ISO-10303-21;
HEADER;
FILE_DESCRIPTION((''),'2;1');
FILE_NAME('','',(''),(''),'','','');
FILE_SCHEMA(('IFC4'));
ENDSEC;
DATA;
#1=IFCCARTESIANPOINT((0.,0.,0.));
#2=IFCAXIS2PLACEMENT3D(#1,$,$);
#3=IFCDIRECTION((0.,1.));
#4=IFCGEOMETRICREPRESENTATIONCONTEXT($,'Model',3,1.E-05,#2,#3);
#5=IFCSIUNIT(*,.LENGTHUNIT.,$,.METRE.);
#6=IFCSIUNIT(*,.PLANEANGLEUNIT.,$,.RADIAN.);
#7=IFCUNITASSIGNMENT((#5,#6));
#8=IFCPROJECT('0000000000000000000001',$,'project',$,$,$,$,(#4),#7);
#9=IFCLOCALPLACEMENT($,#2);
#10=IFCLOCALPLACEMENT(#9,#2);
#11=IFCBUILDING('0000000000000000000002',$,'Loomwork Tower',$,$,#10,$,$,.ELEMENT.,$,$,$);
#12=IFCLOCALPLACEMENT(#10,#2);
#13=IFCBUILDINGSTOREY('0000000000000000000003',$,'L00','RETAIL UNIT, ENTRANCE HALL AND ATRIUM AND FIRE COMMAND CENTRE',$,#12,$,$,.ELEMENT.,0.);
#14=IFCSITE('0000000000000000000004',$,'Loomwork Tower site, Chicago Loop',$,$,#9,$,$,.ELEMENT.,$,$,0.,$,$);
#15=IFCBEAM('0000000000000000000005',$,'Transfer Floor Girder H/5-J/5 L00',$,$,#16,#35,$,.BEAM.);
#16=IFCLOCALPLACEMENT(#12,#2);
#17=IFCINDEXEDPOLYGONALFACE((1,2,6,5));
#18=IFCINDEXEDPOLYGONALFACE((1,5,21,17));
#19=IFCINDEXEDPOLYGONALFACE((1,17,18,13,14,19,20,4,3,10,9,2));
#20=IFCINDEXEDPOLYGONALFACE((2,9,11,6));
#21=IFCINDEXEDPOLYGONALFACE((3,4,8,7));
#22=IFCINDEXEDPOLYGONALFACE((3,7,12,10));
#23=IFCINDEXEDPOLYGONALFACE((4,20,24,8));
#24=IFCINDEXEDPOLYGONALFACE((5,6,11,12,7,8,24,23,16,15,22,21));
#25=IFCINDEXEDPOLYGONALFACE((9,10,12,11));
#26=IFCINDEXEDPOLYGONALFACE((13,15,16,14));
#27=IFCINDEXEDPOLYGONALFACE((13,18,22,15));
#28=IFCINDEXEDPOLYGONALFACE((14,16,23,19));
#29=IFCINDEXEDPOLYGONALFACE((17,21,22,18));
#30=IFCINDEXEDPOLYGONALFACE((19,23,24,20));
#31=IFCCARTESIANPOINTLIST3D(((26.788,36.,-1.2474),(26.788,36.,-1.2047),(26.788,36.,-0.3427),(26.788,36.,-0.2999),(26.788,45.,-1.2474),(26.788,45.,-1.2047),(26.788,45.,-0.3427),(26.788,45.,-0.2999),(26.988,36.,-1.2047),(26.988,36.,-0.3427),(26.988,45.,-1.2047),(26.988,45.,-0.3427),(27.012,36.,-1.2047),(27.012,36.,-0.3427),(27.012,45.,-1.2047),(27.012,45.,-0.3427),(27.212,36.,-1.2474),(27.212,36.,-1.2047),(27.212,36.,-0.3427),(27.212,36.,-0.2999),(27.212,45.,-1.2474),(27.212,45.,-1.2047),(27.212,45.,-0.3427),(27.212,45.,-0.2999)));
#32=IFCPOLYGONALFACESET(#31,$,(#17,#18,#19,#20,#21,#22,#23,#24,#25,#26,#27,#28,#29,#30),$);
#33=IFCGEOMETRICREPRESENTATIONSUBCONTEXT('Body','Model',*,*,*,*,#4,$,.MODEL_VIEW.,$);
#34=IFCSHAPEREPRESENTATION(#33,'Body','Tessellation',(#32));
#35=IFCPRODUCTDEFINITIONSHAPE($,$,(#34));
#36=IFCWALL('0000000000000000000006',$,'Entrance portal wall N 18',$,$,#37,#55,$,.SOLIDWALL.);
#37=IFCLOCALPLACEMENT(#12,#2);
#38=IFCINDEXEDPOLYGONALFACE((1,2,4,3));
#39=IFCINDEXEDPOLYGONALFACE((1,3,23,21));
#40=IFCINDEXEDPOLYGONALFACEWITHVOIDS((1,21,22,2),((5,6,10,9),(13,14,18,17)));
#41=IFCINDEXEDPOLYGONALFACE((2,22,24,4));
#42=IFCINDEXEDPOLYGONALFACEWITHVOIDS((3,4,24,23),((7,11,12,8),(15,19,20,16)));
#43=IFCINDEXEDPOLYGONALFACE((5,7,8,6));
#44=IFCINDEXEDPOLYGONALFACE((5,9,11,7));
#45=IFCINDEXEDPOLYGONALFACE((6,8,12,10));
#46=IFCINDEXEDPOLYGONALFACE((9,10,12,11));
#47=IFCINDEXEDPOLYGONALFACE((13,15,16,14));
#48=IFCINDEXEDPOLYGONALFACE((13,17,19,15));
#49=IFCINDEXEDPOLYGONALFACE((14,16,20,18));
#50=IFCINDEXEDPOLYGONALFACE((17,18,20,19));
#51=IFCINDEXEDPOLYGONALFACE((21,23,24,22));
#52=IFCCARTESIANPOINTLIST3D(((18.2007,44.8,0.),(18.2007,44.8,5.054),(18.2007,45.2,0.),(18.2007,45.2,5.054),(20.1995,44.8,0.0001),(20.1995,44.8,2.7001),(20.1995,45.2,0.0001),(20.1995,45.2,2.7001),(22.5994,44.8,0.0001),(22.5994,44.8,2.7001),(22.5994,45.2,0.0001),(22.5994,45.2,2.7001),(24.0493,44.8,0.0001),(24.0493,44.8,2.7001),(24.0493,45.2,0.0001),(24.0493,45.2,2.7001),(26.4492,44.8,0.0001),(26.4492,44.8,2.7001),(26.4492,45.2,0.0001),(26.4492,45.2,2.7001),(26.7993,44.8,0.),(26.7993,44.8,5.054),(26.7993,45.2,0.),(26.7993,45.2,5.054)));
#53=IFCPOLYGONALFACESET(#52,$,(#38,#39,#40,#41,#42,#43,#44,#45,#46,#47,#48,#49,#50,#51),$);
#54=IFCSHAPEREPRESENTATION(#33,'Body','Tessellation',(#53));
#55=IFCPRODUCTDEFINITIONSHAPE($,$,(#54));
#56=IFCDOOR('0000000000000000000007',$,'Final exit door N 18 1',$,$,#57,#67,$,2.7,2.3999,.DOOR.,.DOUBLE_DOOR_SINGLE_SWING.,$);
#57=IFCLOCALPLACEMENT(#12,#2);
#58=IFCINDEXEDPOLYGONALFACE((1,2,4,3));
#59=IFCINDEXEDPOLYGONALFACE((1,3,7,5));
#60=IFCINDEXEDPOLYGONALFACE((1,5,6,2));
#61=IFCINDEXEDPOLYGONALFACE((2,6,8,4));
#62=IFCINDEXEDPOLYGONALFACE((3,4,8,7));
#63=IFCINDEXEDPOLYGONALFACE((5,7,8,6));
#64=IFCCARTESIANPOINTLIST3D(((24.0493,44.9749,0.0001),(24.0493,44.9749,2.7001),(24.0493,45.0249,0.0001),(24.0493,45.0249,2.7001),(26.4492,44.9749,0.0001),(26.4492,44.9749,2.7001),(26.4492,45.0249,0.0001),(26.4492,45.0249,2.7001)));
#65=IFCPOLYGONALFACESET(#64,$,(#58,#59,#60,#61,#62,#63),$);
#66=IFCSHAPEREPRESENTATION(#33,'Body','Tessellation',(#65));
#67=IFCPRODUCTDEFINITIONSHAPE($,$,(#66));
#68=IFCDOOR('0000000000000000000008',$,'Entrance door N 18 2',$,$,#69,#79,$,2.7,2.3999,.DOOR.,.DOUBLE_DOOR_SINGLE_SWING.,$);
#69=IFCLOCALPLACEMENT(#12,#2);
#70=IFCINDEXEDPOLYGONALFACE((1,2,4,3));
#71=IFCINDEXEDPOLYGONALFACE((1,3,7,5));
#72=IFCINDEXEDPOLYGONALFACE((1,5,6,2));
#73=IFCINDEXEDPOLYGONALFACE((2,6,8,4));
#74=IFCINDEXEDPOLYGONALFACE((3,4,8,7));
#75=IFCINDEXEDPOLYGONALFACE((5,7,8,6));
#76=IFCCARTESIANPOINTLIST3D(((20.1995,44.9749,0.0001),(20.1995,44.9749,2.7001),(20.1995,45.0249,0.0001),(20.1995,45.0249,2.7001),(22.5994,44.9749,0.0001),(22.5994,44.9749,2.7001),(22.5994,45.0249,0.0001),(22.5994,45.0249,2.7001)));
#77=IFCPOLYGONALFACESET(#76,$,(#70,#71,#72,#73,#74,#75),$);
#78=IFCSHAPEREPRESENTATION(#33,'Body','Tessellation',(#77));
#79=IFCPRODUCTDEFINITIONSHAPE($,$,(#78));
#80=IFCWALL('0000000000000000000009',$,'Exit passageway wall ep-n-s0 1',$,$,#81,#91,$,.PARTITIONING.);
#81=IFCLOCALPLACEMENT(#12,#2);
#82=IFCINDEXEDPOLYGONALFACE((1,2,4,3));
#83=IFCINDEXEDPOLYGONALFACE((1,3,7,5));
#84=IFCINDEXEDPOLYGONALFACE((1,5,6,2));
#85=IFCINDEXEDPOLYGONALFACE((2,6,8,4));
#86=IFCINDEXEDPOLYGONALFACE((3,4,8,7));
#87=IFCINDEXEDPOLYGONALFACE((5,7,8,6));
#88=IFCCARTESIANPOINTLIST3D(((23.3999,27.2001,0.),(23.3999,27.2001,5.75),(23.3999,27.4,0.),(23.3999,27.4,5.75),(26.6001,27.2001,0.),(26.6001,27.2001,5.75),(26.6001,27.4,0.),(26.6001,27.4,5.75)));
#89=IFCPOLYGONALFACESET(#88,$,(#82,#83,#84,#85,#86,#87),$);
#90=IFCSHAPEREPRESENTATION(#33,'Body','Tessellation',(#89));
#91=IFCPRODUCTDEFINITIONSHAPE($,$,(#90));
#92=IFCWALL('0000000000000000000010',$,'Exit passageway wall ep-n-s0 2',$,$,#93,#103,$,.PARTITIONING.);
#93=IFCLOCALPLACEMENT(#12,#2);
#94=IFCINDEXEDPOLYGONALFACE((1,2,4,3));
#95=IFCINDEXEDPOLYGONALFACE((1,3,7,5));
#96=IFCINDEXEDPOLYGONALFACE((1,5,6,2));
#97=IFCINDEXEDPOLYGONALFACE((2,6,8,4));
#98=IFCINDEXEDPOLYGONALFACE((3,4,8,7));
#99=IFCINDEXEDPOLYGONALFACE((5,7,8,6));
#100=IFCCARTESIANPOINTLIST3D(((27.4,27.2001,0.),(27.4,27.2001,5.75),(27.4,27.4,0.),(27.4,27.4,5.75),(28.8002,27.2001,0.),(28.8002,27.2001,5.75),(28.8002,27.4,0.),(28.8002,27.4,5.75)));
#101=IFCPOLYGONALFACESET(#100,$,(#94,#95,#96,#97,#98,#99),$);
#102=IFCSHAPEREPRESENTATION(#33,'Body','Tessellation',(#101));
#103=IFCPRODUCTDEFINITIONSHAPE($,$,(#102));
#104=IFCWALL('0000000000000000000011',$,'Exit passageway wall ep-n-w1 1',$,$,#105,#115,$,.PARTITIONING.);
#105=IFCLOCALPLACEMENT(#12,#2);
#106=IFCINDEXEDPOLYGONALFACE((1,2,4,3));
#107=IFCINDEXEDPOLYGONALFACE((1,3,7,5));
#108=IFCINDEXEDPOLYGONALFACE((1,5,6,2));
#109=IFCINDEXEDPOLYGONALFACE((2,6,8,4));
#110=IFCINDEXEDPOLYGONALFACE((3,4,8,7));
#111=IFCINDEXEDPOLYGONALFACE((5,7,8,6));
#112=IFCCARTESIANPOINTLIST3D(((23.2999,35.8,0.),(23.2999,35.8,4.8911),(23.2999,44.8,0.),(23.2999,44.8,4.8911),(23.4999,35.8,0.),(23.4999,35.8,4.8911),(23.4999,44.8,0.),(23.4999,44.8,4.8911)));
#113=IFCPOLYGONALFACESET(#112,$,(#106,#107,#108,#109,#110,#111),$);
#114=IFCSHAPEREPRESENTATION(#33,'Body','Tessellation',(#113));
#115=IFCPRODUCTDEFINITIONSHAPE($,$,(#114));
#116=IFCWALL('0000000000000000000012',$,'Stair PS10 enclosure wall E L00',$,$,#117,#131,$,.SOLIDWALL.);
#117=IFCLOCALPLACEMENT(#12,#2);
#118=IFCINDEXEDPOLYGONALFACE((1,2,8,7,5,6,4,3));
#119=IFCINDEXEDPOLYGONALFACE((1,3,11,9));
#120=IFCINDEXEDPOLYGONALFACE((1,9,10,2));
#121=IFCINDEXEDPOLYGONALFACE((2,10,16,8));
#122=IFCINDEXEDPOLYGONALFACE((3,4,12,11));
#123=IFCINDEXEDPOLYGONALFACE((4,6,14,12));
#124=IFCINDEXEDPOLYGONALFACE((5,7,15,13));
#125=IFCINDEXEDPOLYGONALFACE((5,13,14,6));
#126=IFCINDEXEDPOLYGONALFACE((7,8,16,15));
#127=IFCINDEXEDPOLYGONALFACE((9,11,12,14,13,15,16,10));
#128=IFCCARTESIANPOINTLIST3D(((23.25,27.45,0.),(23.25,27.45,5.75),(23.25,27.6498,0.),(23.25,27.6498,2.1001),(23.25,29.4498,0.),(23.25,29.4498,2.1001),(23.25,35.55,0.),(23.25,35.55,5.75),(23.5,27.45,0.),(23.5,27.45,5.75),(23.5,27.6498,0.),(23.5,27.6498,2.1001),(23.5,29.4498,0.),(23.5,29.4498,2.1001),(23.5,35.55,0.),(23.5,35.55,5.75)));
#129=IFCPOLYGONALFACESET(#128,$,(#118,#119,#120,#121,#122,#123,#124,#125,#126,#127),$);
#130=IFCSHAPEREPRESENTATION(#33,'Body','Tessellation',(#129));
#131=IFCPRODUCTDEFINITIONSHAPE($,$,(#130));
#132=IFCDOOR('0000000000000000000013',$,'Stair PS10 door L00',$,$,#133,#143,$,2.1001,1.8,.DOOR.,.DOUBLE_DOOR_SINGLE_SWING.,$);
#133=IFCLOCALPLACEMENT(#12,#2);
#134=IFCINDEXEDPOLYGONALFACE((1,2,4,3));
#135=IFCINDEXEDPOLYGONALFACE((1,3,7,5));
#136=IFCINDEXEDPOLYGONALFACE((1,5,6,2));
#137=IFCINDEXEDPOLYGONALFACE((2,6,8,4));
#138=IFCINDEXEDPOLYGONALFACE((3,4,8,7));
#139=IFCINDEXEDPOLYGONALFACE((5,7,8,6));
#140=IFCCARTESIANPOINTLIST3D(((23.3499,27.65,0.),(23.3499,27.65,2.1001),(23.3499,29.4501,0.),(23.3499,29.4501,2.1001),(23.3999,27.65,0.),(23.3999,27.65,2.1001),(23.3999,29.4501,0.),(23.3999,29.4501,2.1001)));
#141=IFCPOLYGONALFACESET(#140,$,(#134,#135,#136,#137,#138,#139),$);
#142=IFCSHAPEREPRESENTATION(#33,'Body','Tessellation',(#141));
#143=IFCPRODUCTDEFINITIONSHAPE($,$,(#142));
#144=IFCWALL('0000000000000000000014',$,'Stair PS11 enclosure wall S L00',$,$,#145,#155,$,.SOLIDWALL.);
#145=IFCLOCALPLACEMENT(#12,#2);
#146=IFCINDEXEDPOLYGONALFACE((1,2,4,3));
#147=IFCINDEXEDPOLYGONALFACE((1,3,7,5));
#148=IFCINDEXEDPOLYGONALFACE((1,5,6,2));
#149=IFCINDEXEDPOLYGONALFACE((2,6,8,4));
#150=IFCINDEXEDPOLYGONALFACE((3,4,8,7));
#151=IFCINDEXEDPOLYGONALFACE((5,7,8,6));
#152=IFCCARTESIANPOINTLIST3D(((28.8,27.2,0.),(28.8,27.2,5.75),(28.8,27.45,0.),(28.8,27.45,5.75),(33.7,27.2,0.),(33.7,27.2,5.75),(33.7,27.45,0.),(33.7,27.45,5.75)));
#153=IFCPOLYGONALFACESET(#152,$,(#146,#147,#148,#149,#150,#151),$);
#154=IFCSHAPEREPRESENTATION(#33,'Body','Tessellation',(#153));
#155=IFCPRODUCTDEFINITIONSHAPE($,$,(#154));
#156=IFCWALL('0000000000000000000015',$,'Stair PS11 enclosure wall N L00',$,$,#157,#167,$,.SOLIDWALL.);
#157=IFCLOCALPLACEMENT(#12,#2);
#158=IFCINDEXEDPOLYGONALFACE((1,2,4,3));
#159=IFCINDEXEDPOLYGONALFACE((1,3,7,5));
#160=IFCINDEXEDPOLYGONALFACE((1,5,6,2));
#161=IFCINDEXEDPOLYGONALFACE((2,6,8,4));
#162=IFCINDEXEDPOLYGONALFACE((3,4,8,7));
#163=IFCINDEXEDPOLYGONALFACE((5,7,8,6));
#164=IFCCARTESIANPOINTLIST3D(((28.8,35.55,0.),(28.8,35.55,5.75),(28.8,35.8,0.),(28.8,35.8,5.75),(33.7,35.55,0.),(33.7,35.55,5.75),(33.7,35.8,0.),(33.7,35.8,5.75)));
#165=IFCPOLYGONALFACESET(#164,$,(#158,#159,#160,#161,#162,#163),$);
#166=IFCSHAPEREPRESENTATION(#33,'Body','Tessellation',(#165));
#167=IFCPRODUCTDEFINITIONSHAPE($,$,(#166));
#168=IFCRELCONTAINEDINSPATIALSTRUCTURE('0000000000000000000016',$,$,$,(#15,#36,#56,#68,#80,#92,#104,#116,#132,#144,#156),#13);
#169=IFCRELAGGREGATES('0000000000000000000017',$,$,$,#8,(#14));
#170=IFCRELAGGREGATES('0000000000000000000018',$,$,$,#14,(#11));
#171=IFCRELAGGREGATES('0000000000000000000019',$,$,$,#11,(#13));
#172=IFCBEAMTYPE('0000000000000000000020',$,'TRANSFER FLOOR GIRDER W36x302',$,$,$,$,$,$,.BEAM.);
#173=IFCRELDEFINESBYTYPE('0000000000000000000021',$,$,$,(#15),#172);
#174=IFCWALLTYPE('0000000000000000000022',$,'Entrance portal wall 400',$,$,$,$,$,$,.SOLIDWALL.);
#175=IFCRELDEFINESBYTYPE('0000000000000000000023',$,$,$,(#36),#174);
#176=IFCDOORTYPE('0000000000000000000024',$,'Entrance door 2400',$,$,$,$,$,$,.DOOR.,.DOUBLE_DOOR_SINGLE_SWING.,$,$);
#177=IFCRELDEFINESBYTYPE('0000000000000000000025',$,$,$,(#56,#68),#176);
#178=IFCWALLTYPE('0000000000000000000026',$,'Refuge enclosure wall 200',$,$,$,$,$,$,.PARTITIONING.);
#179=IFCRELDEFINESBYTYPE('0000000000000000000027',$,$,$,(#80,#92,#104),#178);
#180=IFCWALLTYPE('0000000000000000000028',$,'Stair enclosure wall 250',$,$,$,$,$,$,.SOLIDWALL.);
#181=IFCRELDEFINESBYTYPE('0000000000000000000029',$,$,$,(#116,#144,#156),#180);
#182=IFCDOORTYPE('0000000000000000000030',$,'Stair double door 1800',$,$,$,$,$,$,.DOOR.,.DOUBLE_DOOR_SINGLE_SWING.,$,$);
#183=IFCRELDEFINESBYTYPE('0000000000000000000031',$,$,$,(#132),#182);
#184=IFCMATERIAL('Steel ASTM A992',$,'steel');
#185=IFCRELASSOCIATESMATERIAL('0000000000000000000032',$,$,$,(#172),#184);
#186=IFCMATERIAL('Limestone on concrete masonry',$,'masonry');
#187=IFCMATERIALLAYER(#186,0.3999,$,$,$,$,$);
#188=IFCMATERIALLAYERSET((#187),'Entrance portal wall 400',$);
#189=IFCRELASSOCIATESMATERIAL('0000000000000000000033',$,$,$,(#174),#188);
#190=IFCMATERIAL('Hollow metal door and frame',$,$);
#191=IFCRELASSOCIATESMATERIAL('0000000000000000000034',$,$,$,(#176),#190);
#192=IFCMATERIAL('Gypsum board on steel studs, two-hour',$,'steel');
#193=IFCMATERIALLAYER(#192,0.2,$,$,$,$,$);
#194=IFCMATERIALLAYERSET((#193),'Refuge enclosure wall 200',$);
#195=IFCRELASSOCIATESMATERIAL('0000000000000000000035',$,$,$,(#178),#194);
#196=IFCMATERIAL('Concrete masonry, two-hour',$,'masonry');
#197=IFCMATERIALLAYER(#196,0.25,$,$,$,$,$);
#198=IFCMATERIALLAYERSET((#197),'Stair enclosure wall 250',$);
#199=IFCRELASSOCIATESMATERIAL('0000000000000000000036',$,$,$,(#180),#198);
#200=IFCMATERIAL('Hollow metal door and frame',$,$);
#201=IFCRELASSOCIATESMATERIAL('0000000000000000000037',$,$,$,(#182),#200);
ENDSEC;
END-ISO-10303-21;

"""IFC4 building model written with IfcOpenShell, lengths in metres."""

from ifc_helpers import new_model, si_unit, direction, frame, frame_2d, origin, origin_2d, place, context, subcontext, project, spatial, rectangle, i_section, extrude, material, layer, layer_set, material_profile, profile_set, type_object, element, fill, save


model = new_model("IFC4")

# Units and contexts
model_context = context("Model", 3, precision=1e-05, world=origin(), true_north=direction((0.0, 1.0)))
body_context = subcontext(model_context, "Body", "Model", "MODEL_VIEW")
ifc_project = project(units=[si_unit("LENGTHUNIT", "METRE"), si_unit("PLANEANGLEUNIT", "RADIAN")], contexts=[model_context])

# Site, building, storey
site_placement = place(None, origin())
site = spatial("IfcSite", under=ifc_project, at=site_placement, Name="Loomwork Tower site, Chicago Loop", CompositionType="ELEMENT", RefElevation=0.0)
building_placement = place(site_placement, origin())
building = spatial("IfcBuilding", under=site, at=building_placement, Name="Loomwork Tower", CompositionType="ELEMENT")
storey_placement = place(building_placement, origin())
storey = spatial("IfcBuildingStorey", under=building, at=storey_placement, Name="L00", Description="RETAIL UNIT, ENTRANCE HALL AND ATRIUM AND FIRE COMMAND CENTRE", CompositionType="ELEMENT", Elevation=0.0)

# Beam
ifc_material_1 = material(Name="Steel ASTM A992", Category="steel")
ifc_material_profile_1 = material_profile(ifc_material_1, i_section(OverallWidth=0.4241, OverallDepth=0.9475, WebThickness=0.0239, FlangeThickness=0.0427, at=origin_2d()), Name="W36x302")
ifc_profile_set_1 = profile_set([ifc_material_profile_1], Name="Steel ASTM A992")
beam_type_1 = type_object("IfcBeamType", Name="TRANSFER FLOOR GIRDER W36x302", PredefinedType="BEAM", material=ifc_profile_set_1)
for number, where, z_axis, x_axis, name in (
    (1, (27.0, 36.0, -0.7737), (0.0, 1.0, 0.0), (-1.0, 0.0, 0.0), "Transfer Floor Girder H/5-J/5 L00"),
):
    element("IfcBeam", number, at=place(storey_placement, frame(where, z_axis=z_axis, x_axis=x_axis)), inside=storey, type_object=beam_type_1, Name=name, PredefinedType="BEAM", context=body_context, shape_type="SweptSolid", body=[
        extrude(i_section(OverallWidth=0.4241, OverallDepth=0.9475, WebThickness=0.0239, FlangeThickness=0.0427, at=origin_2d()), origin(), (0.0, 0.0, 1.0), 9.0),
    ])

# Wall, openings, doors
ifc_material_2 = material(Name="Limestone on concrete masonry", Category="masonry")
ifc_layer_1 = layer(ifc_material_2, 0.3999)
ifc_layer_set_1 = layer_set([ifc_layer_1], Name="Entrance portal wall 400")
wall_type_1 = type_object("IfcWallType", Name="Entrance portal wall 400", PredefinedType="SOLIDWALL", material=ifc_layer_set_1)
wall_1_placement = place(storey_placement, frame((26.7993, 45.0, 0.0), z_axis=(0.0, 0.0, 1.0), x_axis=(-1.0, 0.0, 0.0)))
wall_1 = element("IfcWall", 2, at=wall_1_placement, inside=storey, type_object=wall_type_1, Name="Entrance portal wall N 18", PredefinedType="SOLIDWALL", context=body_context, shape_type="SweptSolid", body=[
    extrude(rectangle(XDim=8.5986, YDim=0.3999, at=frame_2d((4.2993, 0.0))), origin(), (0.0, 0.0, 1.0), 5.054),
])
opening_1_placement = place(wall_1_placement, frame((0.3501, 0.0, 0.0)))
opening_1 = element("IfcOpeningElement", 3, at=opening_1_placement, cuts=wall_1, PredefinedType="OPENING", context=body_context, shape_type="SweptSolid", body=[
    extrude(rectangle(XDim=2.3999, YDim=2.7, at=frame_2d((1.2, 1.3501))), frame((0.0, 0.21, 0.0), z_axis=(0.0, -1.0, 0.0), x_axis=(1.0, 0.0, 0.0)), (0.0, 0.0, 1.0), 0.4199),
])
opening_2_placement = place(wall_1_placement, frame((4.2, 0.0, 0.0)))
opening_2 = element("IfcOpeningElement", 4, at=opening_2_placement, cuts=wall_1, PredefinedType="OPENING", context=body_context, shape_type="SweptSolid", body=[
    extrude(rectangle(XDim=2.3999, YDim=2.7, at=frame_2d((1.2, 1.3501))), frame((0.0, 0.21, 0.0), z_axis=(0.0, -1.0, 0.0), x_axis=(1.0, 0.0, 0.0)), (0.0, 0.0, 1.0), 0.4199),
])
ifc_material_3 = material(Name="Hollow metal door and frame")
door_type_1 = type_object("IfcDoorType", Name="Entrance door 2400", OperationType="DOUBLE_DOOR_SINGLE_SWING", PredefinedType="DOOR", material=ifc_material_3)
door_1_placement = place(opening_1_placement, frame((2.3999, 0.0, 0.0), z_axis=(0.0, 0.0, 1.0), x_axis=(-1.0, 0.0, 0.0)))
door_1 = element("IfcDoor", 5, at=door_1_placement, inside=storey, type_object=door_type_1, Name="Final exit door N 18 1", OperationType="DOUBLE_DOOR_SINGLE_SWING", OverallHeight=2.7, OverallWidth=2.3999, PredefinedType="DOOR", context=body_context, shape_type="SweptSolid", body=[
    extrude(rectangle(XDim=2.3999, YDim=2.7, at=frame_2d((1.2, 1.3501))), frame((0.0, 0.0249, 0.0), z_axis=(0.0, -1.0, 0.0), x_axis=(1.0, 0.0, 0.0)), (0.0, 0.0, 1.0), 0.05),
])
fill(opening_1, door_1)
door_2_placement = place(opening_2_placement, frame((2.3999, 0.0, 0.0), z_axis=(0.0, 0.0, 1.0), x_axis=(-1.0, 0.0, 0.0)))
door_2 = element("IfcDoor", 6, at=door_2_placement, inside=storey, type_object=door_type_1, Name="Entrance door N 18 2", OperationType="DOUBLE_DOOR_SINGLE_SWING", OverallHeight=2.7, OverallWidth=2.3999, PredefinedType="DOOR", context=body_context, shape_type="SweptSolid", body=[
    extrude(rectangle(XDim=2.3999, YDim=2.7, at=frame_2d((1.2, 1.3501))), frame((0.0, 0.0249, 0.0), z_axis=(0.0, -1.0, 0.0), x_axis=(1.0, 0.0, 0.0)), (0.0, 0.0, 1.0), 0.05),
])
fill(opening_2, door_2)

# Walls
ifc_material_4 = material(Name="Gypsum board on steel studs, two-hour", Category="steel")
ifc_layer_2 = layer(ifc_material_4, 0.2)
ifc_layer_set_2 = layer_set([ifc_layer_2], Name="Refuge enclosure wall 200")
wall_type_2 = type_object("IfcWallType", Name="Refuge enclosure wall 200", PredefinedType="PARTITIONING", material=ifc_layer_set_2)
wall_2_placement = place(storey_placement, frame((23.3999, 27.3, 0.0), z_axis=(0.0, 0.0, 1.0), x_axis=(1.0, 0.0, 0.0)))
element("IfcWall", 7, at=wall_2_placement, inside=storey, type_object=wall_type_2, Name="Exit passageway wall ep-n-s0 1", PredefinedType="PARTITIONING", context=body_context, shape_type="SweptSolid", body=[
    extrude(rectangle(XDim=3.2002, YDim=0.2, at=frame_2d((1.6001, 0.0))), origin(), (0.0, 0.0, 1.0), 5.75),
])
wall_3_placement = place(storey_placement, frame((27.3999, 27.3, 0.0), z_axis=(0.0, 0.0, 1.0), x_axis=(1.0, 0.0, 0.0)))
element("IfcWall", 8, at=wall_3_placement, inside=storey, type_object=wall_type_2, Name="Exit passageway wall ep-n-s0 2", PredefinedType="PARTITIONING", context=body_context, shape_type="SweptSolid", body=[
    extrude(rectangle(XDim=1.4001, YDim=0.2, at=frame_2d((0.7002, 0.0))), origin(), (0.0, 0.0, 1.0), 5.75),
])
wall_4_placement = place(storey_placement, frame((23.3999, 35.8, 0.0), z_axis=(0.0, 0.0, 1.0), x_axis=(0.0, 1.0, 0.0)))
element("IfcWall", 9, at=wall_4_placement, inside=storey, type_object=wall_type_2, Name="Exit passageway wall ep-n-w1 1", PredefinedType="PARTITIONING", context=body_context, shape_type="SweptSolid", body=[
    extrude(rectangle(XDim=9.0, YDim=0.2, at=frame_2d((4.5, 0.0))), origin(), (0.0, 0.0, 1.0), 4.8911),
])

# Wall, opening, door
ifc_material_5 = material(Name="Concrete masonry, two-hour", Category="masonry")
ifc_layer_3 = layer(ifc_material_5, 0.25)
ifc_layer_set_3 = layer_set([ifc_layer_3], Name="Stair enclosure wall 250")
wall_type_3 = type_object("IfcWallType", Name="Stair enclosure wall 250", PredefinedType="SOLIDWALL", material=ifc_layer_set_3)
wall_5_placement = place(storey_placement, frame((23.375, 27.45, 0.0), z_axis=(0.0, 0.0, 1.0), x_axis=(0.0, 1.0, 0.0)))
wall_5 = element("IfcWall", 10, at=wall_5_placement, inside=storey, type_object=wall_type_3, Name="Stair PS10 enclosure wall E L00", PredefinedType="SOLIDWALL", context=body_context, shape_type="SweptSolid", body=[
    extrude(rectangle(XDim=8.1001, YDim=0.25, at=frame_2d((4.05, 0.0))), origin(), (0.0, 0.0, 1.0), 5.75),
])
opening_3_placement = place(wall_5_placement, frame((0.2, 0.0, 0.0)))
opening_3 = element("IfcOpeningElement", 11, at=opening_3_placement, cuts=wall_5, PredefinedType="OPENING", context=body_context, shape_type="SweptSolid", body=[
    extrude(rectangle(XDim=1.8, YDim=2.1001, at=frame_2d((0.8999, 1.05))), frame((0.0, 0.135, 0.0), z_axis=(0.0, -1.0, 0.0), x_axis=(1.0, 0.0, 0.0)), (0.0, 0.0, 1.0), 0.27),
])
ifc_material_6 = material(Name="Hollow metal door and frame")
door_type_2 = type_object("IfcDoorType", Name="Stair double door 1800", OperationType="DOUBLE_DOOR_SINGLE_SWING", PredefinedType="DOOR", material=ifc_material_6)
door_3_placement = place(opening_3_placement, frame((1.8, 0.0, 0.0), z_axis=(0.0, 0.0, 1.0), x_axis=(-1.0, 0.0, 0.0)))
door_3 = element("IfcDoor", 12, at=door_3_placement, inside=storey, type_object=door_type_2, Name="Stair PS10 door L00", OperationType="DOUBLE_DOOR_SINGLE_SWING", OverallHeight=2.1001, OverallWidth=1.8, PredefinedType="DOOR", context=body_context, shape_type="SweptSolid", body=[
    extrude(rectangle(XDim=1.8, YDim=2.1001, at=frame_2d((0.8999, 1.05))), frame((0.0, 0.0249, 0.0), z_axis=(0.0, -1.0, 0.0), x_axis=(1.0, 0.0, 0.0)), (0.0, 0.0, 1.0), 0.05),
])
fill(opening_3, door_3)

# Walls
for number, where, z_axis, x_axis, name in (
    (13, (28.8, 27.325, 0.0), (0.0, 0.0, 1.0), (1.0, 0.0, 0.0), "Stair PS11 enclosure wall S L00"),
    (14, (28.8, 35.675, 0.0), (0.0, 0.0, 1.0), (1.0, 0.0, 0.0), "Stair PS11 enclosure wall N L00"),
):
    element("IfcWall", number, at=place(storey_placement, frame(where, z_axis=z_axis, x_axis=x_axis)), inside=storey, type_object=wall_type_3, Name=name, PredefinedType="SOLIDWALL", context=body_context, shape_type="SweptSolid", body=[
        extrude(rectangle(XDim=4.8999, YDim=0.25, at=frame_2d((2.45, 0.0))), origin(), (0.0, 0.0, 1.0), 5.75),
    ])

save(model, "model.ifc")
